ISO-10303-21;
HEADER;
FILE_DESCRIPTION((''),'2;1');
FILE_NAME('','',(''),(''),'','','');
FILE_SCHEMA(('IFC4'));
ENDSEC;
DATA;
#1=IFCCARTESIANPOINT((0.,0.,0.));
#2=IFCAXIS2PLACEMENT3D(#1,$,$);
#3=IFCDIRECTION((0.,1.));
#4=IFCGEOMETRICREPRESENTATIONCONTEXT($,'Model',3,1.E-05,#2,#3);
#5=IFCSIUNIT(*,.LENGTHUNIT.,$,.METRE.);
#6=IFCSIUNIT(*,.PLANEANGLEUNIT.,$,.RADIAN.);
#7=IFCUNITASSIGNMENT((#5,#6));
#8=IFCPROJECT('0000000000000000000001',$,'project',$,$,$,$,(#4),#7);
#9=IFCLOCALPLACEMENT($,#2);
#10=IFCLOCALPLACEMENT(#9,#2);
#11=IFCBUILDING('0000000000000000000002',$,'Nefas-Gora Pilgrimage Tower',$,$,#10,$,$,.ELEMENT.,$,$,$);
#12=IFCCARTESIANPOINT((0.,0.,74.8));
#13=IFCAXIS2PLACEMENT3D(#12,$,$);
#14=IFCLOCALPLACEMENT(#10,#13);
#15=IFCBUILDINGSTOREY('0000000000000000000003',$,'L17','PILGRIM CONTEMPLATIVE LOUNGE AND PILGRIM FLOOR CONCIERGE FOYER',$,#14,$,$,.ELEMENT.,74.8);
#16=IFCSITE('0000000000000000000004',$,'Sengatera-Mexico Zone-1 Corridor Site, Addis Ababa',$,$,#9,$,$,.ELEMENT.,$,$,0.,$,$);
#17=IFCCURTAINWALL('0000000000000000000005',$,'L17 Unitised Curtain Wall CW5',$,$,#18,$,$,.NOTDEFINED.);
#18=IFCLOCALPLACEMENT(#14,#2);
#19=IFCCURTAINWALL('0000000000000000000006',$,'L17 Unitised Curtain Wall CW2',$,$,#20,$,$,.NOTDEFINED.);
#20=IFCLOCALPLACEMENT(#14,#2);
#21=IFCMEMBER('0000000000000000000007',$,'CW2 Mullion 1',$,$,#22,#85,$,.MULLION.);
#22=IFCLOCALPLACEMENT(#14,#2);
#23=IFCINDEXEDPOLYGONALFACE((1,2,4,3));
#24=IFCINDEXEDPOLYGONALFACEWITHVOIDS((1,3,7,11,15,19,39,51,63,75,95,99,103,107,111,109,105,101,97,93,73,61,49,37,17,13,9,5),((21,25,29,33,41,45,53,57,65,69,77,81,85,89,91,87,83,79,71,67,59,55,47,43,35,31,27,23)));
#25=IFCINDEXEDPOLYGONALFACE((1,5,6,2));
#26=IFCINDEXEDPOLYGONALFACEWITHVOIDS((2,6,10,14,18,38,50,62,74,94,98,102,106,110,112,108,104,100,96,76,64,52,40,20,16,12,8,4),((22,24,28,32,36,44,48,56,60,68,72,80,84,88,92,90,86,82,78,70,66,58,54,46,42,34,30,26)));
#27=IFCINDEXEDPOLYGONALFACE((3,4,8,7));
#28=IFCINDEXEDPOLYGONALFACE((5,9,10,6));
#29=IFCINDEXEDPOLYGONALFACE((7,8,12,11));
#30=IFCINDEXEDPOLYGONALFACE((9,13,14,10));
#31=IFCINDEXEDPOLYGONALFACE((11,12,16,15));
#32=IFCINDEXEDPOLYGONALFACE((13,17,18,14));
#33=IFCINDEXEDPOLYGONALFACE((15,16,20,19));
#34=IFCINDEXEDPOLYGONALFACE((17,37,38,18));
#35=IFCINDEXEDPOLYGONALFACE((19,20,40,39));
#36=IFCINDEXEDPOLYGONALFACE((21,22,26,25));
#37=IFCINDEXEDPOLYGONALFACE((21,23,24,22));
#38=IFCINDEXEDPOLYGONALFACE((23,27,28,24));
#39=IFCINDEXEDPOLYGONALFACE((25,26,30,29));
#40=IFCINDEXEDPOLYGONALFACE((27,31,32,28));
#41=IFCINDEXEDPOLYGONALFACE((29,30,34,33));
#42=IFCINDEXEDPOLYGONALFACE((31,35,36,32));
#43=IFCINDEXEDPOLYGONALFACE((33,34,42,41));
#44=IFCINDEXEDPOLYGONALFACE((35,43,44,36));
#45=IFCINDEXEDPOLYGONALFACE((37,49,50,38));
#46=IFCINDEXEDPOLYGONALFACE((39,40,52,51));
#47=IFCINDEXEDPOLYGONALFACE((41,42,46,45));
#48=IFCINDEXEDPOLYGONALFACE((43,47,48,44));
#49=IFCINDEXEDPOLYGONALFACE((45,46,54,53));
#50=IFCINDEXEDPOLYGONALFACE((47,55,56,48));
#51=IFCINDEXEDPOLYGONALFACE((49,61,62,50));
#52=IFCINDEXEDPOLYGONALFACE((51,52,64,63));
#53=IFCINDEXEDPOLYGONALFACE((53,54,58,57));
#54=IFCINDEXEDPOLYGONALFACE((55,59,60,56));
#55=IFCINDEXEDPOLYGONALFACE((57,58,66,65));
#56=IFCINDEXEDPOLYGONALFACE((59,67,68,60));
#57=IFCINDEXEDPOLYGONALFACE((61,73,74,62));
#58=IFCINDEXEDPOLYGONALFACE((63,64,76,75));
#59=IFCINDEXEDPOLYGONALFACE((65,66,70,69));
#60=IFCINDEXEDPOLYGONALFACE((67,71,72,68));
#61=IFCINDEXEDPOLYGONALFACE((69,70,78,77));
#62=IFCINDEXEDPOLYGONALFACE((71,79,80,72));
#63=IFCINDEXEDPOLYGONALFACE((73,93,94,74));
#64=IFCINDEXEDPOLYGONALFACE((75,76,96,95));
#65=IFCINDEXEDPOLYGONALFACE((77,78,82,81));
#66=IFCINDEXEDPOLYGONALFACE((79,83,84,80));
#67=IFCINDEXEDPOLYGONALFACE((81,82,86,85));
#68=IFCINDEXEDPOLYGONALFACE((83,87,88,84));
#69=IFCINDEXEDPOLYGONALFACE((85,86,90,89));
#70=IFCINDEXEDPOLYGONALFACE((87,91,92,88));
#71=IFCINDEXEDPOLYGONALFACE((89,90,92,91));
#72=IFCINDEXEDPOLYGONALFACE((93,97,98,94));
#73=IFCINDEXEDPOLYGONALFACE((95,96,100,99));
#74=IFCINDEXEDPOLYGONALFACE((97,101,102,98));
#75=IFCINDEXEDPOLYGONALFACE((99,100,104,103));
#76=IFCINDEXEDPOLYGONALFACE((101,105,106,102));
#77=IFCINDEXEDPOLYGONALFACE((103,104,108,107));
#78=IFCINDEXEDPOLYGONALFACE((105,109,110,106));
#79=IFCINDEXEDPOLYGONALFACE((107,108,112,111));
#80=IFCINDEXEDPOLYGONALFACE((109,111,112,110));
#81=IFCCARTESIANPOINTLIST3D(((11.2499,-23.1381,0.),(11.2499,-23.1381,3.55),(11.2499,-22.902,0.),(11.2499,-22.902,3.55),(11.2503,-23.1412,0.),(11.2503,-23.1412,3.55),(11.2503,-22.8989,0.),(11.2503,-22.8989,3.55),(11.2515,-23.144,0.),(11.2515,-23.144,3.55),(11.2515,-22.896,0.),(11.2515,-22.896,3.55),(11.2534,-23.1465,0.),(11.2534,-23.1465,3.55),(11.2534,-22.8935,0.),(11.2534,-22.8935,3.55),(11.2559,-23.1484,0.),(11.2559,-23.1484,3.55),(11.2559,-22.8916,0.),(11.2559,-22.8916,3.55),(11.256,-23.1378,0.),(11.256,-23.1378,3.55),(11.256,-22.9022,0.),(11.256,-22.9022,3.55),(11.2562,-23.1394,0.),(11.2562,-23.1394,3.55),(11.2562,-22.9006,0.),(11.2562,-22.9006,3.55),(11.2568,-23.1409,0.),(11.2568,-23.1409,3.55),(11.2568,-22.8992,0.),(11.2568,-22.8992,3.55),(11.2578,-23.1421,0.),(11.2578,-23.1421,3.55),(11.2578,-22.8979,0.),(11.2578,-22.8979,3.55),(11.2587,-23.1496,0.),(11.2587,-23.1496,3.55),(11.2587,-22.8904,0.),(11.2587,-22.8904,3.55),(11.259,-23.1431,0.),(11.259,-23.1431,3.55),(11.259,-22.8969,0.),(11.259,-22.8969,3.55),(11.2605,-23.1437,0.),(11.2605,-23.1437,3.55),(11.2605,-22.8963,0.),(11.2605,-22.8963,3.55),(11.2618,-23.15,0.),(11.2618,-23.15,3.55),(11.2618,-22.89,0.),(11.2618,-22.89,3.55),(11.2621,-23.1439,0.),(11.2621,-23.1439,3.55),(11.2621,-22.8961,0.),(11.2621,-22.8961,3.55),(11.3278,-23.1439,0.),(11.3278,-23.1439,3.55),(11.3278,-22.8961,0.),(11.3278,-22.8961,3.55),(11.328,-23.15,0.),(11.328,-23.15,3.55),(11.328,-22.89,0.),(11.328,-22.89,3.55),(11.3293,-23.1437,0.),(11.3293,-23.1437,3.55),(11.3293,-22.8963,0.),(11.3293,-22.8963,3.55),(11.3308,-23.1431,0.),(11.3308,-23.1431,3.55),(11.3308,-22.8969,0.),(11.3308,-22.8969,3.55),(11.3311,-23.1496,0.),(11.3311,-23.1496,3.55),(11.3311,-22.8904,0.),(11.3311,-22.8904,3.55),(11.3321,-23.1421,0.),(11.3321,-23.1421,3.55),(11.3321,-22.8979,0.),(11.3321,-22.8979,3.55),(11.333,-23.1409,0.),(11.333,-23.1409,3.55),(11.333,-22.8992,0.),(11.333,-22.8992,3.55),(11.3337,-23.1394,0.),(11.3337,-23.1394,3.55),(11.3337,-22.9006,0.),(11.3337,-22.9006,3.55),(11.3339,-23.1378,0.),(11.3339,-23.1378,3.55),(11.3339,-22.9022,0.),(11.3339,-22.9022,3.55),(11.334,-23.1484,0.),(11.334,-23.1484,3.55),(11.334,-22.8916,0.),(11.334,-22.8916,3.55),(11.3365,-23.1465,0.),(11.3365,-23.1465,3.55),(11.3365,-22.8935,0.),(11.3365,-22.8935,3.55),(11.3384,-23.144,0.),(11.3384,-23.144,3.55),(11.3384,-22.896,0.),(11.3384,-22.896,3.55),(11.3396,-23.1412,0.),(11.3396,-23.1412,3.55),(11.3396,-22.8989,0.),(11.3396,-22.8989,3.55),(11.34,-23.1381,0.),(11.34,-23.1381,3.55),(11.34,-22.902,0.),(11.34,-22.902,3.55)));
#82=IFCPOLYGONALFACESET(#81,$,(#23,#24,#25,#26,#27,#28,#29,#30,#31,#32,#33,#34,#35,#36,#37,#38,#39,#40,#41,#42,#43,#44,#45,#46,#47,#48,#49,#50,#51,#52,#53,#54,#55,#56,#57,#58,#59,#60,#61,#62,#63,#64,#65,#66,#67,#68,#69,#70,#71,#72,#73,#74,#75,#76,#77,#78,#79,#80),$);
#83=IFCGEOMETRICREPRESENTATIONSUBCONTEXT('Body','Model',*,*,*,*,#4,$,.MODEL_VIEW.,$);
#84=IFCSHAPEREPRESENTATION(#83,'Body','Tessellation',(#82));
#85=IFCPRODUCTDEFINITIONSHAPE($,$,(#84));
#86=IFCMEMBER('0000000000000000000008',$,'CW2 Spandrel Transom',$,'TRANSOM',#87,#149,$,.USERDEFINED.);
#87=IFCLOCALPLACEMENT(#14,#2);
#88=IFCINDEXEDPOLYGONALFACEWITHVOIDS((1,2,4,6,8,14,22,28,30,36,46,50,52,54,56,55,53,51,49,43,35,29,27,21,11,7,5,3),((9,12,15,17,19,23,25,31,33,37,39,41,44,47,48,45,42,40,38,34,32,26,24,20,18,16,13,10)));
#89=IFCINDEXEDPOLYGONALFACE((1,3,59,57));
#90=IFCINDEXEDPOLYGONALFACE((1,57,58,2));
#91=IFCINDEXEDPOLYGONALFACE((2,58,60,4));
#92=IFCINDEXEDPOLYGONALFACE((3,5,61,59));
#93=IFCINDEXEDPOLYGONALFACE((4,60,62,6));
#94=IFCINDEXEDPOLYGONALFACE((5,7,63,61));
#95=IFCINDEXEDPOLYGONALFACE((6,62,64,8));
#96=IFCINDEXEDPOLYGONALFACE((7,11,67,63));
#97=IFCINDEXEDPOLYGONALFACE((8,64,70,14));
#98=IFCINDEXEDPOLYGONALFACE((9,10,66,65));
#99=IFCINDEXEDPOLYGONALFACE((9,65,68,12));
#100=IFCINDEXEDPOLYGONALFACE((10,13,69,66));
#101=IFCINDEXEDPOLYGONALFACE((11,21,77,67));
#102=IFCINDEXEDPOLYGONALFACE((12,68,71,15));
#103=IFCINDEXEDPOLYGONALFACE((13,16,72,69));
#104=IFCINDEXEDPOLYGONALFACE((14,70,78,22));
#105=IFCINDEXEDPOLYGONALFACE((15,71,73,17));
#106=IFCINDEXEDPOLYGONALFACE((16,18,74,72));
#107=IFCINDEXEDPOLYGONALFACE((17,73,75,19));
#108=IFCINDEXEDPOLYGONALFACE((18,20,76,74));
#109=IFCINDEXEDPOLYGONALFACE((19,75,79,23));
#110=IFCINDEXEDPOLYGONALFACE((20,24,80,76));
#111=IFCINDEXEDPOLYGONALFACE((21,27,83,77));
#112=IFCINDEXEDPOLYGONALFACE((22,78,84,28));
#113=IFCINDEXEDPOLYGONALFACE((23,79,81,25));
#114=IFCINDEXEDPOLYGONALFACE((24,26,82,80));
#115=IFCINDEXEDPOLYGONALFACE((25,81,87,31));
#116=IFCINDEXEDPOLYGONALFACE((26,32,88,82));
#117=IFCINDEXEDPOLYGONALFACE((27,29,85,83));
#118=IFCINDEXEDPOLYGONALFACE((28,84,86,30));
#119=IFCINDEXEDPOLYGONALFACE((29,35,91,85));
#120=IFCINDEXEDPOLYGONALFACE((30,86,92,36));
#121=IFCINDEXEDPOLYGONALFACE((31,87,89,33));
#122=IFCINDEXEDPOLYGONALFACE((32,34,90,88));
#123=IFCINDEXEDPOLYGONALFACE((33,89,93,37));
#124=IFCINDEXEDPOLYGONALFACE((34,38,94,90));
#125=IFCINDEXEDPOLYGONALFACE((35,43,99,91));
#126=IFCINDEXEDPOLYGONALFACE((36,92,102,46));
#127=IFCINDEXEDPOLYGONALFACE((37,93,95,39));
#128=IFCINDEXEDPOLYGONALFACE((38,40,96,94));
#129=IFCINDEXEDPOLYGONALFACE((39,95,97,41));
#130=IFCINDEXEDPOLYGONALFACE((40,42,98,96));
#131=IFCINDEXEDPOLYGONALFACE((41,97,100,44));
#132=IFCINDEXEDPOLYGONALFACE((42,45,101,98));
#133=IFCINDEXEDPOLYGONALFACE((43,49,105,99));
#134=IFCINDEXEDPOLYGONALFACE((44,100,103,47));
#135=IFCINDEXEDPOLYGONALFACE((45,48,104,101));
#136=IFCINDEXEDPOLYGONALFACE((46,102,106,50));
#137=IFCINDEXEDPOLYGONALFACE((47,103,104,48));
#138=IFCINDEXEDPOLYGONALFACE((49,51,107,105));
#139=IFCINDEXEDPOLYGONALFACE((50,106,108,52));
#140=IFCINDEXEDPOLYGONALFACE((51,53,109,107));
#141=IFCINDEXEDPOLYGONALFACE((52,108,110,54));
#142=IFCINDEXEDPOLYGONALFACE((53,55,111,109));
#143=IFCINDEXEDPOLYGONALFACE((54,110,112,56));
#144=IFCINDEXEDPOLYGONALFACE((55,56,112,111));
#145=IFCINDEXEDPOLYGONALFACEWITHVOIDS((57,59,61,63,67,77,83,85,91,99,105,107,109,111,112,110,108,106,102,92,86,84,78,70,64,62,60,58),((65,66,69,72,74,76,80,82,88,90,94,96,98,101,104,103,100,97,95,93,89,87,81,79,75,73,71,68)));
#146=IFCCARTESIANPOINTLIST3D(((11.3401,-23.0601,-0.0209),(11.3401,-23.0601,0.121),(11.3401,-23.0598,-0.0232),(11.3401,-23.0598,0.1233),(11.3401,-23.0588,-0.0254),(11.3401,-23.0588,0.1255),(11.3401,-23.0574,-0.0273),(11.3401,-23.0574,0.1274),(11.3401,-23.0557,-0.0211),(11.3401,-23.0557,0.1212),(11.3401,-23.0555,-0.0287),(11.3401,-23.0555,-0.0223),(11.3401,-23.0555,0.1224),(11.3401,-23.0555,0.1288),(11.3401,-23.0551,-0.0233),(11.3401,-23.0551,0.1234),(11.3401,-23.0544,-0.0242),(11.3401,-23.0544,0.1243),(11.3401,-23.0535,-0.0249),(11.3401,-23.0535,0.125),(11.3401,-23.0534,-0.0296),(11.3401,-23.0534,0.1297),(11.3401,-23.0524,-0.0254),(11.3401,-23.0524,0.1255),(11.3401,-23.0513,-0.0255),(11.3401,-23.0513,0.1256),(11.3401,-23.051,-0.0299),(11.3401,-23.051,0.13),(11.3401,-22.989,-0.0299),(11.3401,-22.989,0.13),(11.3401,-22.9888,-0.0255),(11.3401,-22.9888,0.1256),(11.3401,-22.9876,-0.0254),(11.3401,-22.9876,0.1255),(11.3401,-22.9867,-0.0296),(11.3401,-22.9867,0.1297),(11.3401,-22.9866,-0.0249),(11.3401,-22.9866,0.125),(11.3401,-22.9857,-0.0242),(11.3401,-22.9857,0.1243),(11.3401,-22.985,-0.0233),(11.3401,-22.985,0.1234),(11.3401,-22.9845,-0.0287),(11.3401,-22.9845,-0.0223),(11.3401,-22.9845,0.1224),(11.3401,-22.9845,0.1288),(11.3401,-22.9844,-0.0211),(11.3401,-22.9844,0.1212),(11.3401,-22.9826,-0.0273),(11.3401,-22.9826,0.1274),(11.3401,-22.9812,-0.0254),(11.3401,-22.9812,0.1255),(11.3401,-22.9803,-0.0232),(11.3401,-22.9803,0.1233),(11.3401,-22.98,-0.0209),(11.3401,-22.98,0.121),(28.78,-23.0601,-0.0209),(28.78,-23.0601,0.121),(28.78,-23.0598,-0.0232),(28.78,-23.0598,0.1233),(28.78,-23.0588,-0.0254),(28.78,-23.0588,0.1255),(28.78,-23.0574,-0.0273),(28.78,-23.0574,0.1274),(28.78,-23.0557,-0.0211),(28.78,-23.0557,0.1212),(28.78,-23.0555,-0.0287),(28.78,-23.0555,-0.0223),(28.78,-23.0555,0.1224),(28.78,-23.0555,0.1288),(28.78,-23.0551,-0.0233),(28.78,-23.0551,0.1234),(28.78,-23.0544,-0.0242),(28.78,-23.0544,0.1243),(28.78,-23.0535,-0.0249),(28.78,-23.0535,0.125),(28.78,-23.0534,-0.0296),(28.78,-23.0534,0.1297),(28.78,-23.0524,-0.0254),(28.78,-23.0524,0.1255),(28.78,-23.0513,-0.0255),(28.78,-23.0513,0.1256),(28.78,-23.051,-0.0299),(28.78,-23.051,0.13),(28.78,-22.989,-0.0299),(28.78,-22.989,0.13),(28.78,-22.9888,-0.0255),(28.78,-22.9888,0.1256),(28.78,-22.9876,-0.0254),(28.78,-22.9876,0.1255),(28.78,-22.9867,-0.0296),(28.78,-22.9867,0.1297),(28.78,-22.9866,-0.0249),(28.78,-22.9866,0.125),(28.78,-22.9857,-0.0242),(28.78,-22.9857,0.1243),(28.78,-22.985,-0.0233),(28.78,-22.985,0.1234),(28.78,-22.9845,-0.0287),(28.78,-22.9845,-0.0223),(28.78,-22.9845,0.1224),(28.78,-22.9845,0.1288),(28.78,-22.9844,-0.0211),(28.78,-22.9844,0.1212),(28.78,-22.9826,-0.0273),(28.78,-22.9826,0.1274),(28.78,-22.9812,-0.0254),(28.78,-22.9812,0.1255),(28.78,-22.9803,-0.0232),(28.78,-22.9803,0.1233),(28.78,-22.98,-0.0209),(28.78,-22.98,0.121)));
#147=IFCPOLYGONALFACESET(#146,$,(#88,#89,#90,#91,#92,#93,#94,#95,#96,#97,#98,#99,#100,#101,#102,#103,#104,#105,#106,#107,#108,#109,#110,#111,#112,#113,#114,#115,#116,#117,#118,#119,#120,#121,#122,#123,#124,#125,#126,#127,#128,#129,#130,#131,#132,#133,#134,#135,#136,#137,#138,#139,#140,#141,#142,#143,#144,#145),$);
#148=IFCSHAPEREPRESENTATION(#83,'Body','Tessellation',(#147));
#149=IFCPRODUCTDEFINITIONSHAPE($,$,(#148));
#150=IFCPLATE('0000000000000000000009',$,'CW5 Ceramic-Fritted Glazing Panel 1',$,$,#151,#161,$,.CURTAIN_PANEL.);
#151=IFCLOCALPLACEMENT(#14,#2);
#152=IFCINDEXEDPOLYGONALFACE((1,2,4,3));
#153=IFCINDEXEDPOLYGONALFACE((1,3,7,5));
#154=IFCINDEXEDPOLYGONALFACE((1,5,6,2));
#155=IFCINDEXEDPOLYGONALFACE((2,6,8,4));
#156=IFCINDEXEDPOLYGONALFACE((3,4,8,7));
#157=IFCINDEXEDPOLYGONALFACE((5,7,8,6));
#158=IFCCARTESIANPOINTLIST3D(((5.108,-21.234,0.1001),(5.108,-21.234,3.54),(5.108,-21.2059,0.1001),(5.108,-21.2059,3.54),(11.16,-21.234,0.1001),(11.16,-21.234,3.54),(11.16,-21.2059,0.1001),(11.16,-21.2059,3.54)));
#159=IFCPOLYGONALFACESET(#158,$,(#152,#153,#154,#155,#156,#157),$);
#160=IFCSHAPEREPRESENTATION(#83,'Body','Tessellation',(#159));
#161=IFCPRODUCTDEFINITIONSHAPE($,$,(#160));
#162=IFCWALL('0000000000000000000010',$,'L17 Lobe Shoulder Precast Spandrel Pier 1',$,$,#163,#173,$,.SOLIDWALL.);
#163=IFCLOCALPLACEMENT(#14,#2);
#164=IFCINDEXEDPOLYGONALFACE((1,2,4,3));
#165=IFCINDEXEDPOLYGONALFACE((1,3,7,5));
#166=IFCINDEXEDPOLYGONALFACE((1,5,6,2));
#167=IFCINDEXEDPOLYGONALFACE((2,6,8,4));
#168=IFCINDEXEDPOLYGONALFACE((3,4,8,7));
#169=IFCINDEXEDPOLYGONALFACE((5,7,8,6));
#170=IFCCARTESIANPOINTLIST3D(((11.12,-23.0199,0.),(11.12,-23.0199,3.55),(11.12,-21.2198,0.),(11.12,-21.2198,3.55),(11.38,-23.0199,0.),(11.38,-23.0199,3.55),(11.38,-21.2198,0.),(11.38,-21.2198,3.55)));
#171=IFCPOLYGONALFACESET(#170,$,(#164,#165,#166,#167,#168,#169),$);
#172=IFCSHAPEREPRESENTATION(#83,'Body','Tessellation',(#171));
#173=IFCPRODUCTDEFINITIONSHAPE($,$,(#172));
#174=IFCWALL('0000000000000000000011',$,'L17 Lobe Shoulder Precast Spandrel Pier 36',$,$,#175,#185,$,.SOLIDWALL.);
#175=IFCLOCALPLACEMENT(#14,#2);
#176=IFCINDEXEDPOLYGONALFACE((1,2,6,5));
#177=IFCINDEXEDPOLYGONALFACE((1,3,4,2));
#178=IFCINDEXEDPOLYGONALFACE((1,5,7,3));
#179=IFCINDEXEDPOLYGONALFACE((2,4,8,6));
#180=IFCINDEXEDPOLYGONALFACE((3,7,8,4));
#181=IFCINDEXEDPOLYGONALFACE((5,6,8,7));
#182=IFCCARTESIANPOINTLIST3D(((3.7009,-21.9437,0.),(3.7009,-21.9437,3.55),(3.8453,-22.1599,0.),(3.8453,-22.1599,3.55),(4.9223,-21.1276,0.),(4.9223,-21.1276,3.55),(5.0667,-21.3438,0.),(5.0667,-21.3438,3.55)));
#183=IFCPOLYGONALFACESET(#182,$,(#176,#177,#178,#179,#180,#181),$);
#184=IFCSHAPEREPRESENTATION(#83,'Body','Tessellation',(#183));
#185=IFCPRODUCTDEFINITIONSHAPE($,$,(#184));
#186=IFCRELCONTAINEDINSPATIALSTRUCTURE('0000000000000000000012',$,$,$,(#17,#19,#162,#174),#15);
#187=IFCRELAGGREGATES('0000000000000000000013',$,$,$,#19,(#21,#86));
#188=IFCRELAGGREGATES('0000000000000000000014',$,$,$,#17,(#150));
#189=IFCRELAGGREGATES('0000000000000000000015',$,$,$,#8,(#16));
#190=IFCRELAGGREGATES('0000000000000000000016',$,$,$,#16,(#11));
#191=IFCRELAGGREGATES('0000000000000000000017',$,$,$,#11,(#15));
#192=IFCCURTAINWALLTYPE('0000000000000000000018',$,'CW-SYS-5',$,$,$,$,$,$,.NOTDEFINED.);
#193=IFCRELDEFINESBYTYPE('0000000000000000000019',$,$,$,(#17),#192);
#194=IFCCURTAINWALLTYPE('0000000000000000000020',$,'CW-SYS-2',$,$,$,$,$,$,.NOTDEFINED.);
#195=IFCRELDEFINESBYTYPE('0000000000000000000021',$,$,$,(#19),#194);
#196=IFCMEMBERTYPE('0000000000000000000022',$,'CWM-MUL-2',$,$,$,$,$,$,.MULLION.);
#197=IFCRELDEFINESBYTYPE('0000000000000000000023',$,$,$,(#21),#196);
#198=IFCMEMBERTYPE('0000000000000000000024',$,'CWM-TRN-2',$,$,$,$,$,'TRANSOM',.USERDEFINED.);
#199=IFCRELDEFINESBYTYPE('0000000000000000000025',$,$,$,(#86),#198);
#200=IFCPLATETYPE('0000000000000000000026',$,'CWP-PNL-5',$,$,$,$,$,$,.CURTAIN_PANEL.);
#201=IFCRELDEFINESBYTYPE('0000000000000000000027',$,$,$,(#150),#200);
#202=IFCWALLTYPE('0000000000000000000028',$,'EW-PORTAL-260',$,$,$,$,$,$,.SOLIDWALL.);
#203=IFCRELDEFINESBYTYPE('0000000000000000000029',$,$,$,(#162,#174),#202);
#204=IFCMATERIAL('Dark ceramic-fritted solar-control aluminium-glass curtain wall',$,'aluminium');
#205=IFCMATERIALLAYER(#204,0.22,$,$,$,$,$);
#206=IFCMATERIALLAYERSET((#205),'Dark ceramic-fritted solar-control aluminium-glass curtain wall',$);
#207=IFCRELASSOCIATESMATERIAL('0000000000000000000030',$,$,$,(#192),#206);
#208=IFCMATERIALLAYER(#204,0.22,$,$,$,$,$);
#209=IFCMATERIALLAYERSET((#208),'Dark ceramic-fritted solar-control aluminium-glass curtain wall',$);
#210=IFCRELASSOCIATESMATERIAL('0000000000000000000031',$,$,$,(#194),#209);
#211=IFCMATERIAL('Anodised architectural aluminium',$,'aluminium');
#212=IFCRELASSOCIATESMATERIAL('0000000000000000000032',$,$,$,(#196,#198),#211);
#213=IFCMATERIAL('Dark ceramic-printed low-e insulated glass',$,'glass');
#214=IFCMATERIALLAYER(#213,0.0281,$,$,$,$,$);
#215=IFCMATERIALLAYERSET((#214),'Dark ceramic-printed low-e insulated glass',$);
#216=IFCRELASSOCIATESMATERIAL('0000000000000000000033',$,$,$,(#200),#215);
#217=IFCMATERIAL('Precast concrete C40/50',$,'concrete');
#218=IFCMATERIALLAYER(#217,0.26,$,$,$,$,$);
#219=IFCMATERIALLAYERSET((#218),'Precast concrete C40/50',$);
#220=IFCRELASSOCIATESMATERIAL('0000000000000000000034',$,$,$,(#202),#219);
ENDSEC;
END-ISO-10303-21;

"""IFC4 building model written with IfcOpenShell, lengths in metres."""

from ifc_helpers import new_model, si_unit, direction, frame, frame_2d, origin, origin_2d, place, context, subcontext, project, spatial, rectangle, hollow_rectangle, extrude, source, transform, mapped, material, layer, layer_set, material_profile, profile_set, type_object, element, aggregate, save


model = new_model("IFC4")

# Units and contexts
model_context = context("Model", 3, precision=1e-05, world=origin(), true_north=direction((0.0, 1.0)))
body_context = subcontext(model_context, "Body", "Model", "MODEL_VIEW")
ifc_project = project(units=[si_unit("LENGTHUNIT", "METRE"), si_unit("PLANEANGLEUNIT", "RADIAN")], contexts=[model_context])

# Site, building, storey
site_placement = place(None, origin())
site = spatial("IfcSite", under=ifc_project, at=site_placement, Name="Sengatera-Mexico Zone-1 Corridor Site, Addis Ababa", CompositionType="ELEMENT", RefElevation=0.0)
building_placement = place(site_placement, origin())
building = spatial("IfcBuilding", under=site, at=building_placement, Name="Nefas-Gora Pilgrimage Tower", CompositionType="ELEMENT")
storey_placement = place(building_placement, frame((0.0, 0.0, 74.8)))
storey = spatial("IfcBuildingStorey", under=building, at=storey_placement, Name="L17", Description="PILGRIM CONTEMPLATIVE LOUNGE AND PILGRIM FLOOR CONCIERGE FOYER", CompositionType="ELEMENT", Elevation=74.8)

# Curtain wall
ifc_material_1 = material(Name="Dark ceramic-fritted solar-control aluminium-glass curtain wall", Category="aluminium")
ifc_layer_1 = layer(ifc_material_1, 0.22)
ifc_layer_set_1 = layer_set([ifc_layer_1], Name="Dark ceramic-fritted solar-control aluminium-glass curtain wall")
curtain_wall_type_1 = type_object("IfcCurtainWallType", Name="CW-SYS-5", PredefinedType="NOTDEFINED", material=ifc_layer_set_1)
curtain_wall_1_placement = place(storey_placement, origin())
curtain_wall_1 = element("IfcCurtainWall", 1, at=curtain_wall_1_placement, inside=storey, type_object=curtain_wall_type_1, Name="L17 Unitised Curtain Wall CW5", PredefinedType="NOTDEFINED")
ifc_material_2 = material(Name="Anodised architectural aluminium", Category="aluminium")

# Curtain wall, members
ifc_layer_2 = layer(ifc_material_1, 0.22)
ifc_layer_set_2 = layer_set([ifc_layer_2], Name="Dark ceramic-fritted solar-control aluminium-glass curtain wall")
curtain_wall_type_2 = type_object("IfcCurtainWallType", Name="CW-SYS-2", PredefinedType="NOTDEFINED", material=ifc_layer_set_2)
curtain_wall_2_placement = place(storey_placement, origin())
curtain_wall_2 = element("IfcCurtainWall", 2, at=curtain_wall_2_placement, inside=storey, type_object=curtain_wall_type_2, Name="L17 Unitised Curtain Wall CW2", PredefinedType="NOTDEFINED")
ifc_material_profile_1 = material_profile(ifc_material_2, hollow_rectangle(XDim=0.0901, YDim=0.26, WallThickness=0.0061, InnerFilletRadius=0.0061, OuterFilletRadius=0.012, at=origin_2d()), Name="ALU MULLION 90x260")
ifc_profile_set_1 = profile_set([ifc_material_profile_1], Name="Anodised architectural aluminium")
member_type_1 = type_object("IfcMemberType", Name="CWM-MUL-2", PredefinedType="MULLION", material=ifc_profile_set_1)
shared_shape_1 = source(origin(), body_context, "Body", "SweptSolid", [
    extrude(hollow_rectangle(XDim=0.0901, YDim=0.26, WallThickness=0.0061, InnerFilletRadius=0.0061, OuterFilletRadius=0.012, at=origin_2d()), origin(), (0.0, 0.0, 1.0), 3.55),
])
member_1_placement = place(storey_placement, frame((11.2949, -23.02, 0.0), z_axis=(0.0, 0.0, 1.0), x_axis=(1.0, 0.0, 0.0)))
member_1 = element("IfcMember", 3, at=member_1_placement, type_object=member_type_1, Name="CW2 Mullion 1", PredefinedType="MULLION", context=body_context, shape_type="MappedRepresentation", body=[
    mapped(shared_shape_1, transform((0.0, 0.0, 0.0), x_axis=(1.0, 0.0, 0.0), y_axis=(0.0, 1.0, 0.0), z_axis=(0.0, 0.0, 1.0), scale=1.0)),
])
ifc_material_profile_2 = material_profile(ifc_material_2, hollow_rectangle(XDim=0.0801, YDim=0.1599, WallThickness=0.0044, InnerFilletRadius=0.0044, OuterFilletRadius=0.009, at=origin_2d()), Name="ALU TRANSOM 80x160")
ifc_profile_set_2 = profile_set([ifc_material_profile_2], Name="Anodised architectural aluminium")
member_type_2 = type_object("IfcMemberType", Name="CWM-TRN-2", ElementType="TRANSOM", PredefinedType="USERDEFINED", material=ifc_profile_set_2)
shared_shape_2 = source(origin(), body_context, "Body", "SweptSolid", [
    extrude(hollow_rectangle(XDim=0.0801, YDim=0.1599, WallThickness=0.0044, InnerFilletRadius=0.0044, OuterFilletRadius=0.009, at=origin_2d()), origin(), (0.0, 0.0, 1.0), 17.4399),
])
member_2_placement = place(storey_placement, frame((11.3401, -23.02, 0.05), z_axis=(1.0, 0.0, 0.0), x_axis=(0.0, 1.0, 0.0)))
member_2 = element("IfcMember", 4, at=member_2_placement, type_object=member_type_2, Name="CW2 Spandrel Transom", ObjectType="TRANSOM", PredefinedType="USERDEFINED", context=body_context, shape_type="MappedRepresentation", body=[
    mapped(shared_shape_2, transform((0.0, 0.0, 0.0), x_axis=(1.0, 0.0, 0.0), y_axis=(0.0, 1.0, 0.0), z_axis=(0.0, 0.0, 1.0), scale=1.0)),
])
aggregate(curtain_wall_2, [member_1, member_2])

# Plate
ifc_material_3 = material(Name="Dark ceramic-printed low-e insulated glass", Category="glass")
ifc_layer_3 = layer(ifc_material_3, 0.0281)
ifc_layer_set_3 = layer_set([ifc_layer_3], Name="Dark ceramic-printed low-e insulated glass")
plate_type = type_object("IfcPlateType", Name="CWP-PNL-5", PredefinedType="CURTAIN_PANEL", material=ifc_layer_set_3)
shared_shape_3 = source(origin(), body_context, "Body", "SweptSolid", [
    extrude(rectangle(XDim=6.052, YDim=0.0281, at=origin_2d()), origin(), (0.0, 0.0, 1.0), 3.4399),
])
plate_placement = place(storey_placement, frame((8.134, -21.22, 0.1001), z_axis=(0.0, 0.0, 1.0), x_axis=(1.0, 0.0, 0.0)))
plate = element("IfcPlate", 5, at=plate_placement, type_object=plate_type, Name="CW5 Ceramic-Fritted Glazing Panel 1", PredefinedType="CURTAIN_PANEL", context=body_context, shape_type="MappedRepresentation", body=[
    mapped(shared_shape_3, transform((0.0, 0.0, 0.0), x_axis=(1.0, 0.0, 0.0), y_axis=(0.0, 1.0, 0.0), z_axis=(0.0, 0.0, 1.0), scale=1.0)),
])
aggregate(curtain_wall_1, [plate])

# Walls
ifc_material_4 = material(Name="Precast concrete C40/50", Category="concrete")
ifc_layer_4 = layer(ifc_material_4, 0.26)
ifc_layer_set_4 = layer_set([ifc_layer_4], Name="Precast concrete C40/50")
wall_type_1 = type_object("IfcWallType", Name="EW-PORTAL-260", PredefinedType="SOLIDWALL", material=ifc_layer_set_4)
shared_shape_4 = source(origin(), body_context, "Body", "SweptSolid", [
    extrude(rectangle(XDim=1.8, YDim=0.26, at=frame_2d((0.8999, 0.0))), origin(), (0.0, 0.0, 1.0), 3.55),
])
wall_1_placement = place(storey_placement, frame((11.25, -21.22, 0.0), z_axis=(0.0, 0.0, 1.0), x_axis=(0.0, -1.0, 0.0)))
element("IfcWall", 6, at=wall_1_placement, inside=storey, type_object=wall_type_1, Name="L17 Lobe Shoulder Precast Spandrel Pier 1", PredefinedType="SOLIDWALL", context=body_context, shape_type="MappedRepresentation", body=[
    mapped(shared_shape_4, transform((0.0, 0.0, 0.0), x_axis=(1.0, 0.0, 0.0), y_axis=(0.0, 1.0, 0.0), z_axis=(0.0, 0.0, 1.0), scale=1.0)),
])
shared_shape_5 = source(origin(), body_context, "Body", "SweptSolid", [
    extrude(rectangle(XDim=1.469, YDim=0.26, at=frame_2d((0.7344, 0.0))), origin(), (0.0, 0.0, 1.0), 3.55),
])
wall_2_placement = place(storey_placement, frame((3.7732, -22.0518, 0.0), z_axis=(0.0, 0.0, 1.0), x_axis=(0.831462, 0.555582, 0.0)))
element("IfcWall", 7, at=wall_2_placement, inside=storey, type_object=wall_type_1, Name="L17 Lobe Shoulder Precast Spandrel Pier 36", PredefinedType="SOLIDWALL", context=body_context, shape_type="MappedRepresentation", body=[
    mapped(shared_shape_5, transform((0.0, 0.0, 0.0), x_axis=(1.0, 0.0, 0.0), y_axis=(0.0, 1.0, 0.0), z_axis=(0.0, 0.0, 1.0), scale=1.0)),
])

save(model, "model.ifc")
